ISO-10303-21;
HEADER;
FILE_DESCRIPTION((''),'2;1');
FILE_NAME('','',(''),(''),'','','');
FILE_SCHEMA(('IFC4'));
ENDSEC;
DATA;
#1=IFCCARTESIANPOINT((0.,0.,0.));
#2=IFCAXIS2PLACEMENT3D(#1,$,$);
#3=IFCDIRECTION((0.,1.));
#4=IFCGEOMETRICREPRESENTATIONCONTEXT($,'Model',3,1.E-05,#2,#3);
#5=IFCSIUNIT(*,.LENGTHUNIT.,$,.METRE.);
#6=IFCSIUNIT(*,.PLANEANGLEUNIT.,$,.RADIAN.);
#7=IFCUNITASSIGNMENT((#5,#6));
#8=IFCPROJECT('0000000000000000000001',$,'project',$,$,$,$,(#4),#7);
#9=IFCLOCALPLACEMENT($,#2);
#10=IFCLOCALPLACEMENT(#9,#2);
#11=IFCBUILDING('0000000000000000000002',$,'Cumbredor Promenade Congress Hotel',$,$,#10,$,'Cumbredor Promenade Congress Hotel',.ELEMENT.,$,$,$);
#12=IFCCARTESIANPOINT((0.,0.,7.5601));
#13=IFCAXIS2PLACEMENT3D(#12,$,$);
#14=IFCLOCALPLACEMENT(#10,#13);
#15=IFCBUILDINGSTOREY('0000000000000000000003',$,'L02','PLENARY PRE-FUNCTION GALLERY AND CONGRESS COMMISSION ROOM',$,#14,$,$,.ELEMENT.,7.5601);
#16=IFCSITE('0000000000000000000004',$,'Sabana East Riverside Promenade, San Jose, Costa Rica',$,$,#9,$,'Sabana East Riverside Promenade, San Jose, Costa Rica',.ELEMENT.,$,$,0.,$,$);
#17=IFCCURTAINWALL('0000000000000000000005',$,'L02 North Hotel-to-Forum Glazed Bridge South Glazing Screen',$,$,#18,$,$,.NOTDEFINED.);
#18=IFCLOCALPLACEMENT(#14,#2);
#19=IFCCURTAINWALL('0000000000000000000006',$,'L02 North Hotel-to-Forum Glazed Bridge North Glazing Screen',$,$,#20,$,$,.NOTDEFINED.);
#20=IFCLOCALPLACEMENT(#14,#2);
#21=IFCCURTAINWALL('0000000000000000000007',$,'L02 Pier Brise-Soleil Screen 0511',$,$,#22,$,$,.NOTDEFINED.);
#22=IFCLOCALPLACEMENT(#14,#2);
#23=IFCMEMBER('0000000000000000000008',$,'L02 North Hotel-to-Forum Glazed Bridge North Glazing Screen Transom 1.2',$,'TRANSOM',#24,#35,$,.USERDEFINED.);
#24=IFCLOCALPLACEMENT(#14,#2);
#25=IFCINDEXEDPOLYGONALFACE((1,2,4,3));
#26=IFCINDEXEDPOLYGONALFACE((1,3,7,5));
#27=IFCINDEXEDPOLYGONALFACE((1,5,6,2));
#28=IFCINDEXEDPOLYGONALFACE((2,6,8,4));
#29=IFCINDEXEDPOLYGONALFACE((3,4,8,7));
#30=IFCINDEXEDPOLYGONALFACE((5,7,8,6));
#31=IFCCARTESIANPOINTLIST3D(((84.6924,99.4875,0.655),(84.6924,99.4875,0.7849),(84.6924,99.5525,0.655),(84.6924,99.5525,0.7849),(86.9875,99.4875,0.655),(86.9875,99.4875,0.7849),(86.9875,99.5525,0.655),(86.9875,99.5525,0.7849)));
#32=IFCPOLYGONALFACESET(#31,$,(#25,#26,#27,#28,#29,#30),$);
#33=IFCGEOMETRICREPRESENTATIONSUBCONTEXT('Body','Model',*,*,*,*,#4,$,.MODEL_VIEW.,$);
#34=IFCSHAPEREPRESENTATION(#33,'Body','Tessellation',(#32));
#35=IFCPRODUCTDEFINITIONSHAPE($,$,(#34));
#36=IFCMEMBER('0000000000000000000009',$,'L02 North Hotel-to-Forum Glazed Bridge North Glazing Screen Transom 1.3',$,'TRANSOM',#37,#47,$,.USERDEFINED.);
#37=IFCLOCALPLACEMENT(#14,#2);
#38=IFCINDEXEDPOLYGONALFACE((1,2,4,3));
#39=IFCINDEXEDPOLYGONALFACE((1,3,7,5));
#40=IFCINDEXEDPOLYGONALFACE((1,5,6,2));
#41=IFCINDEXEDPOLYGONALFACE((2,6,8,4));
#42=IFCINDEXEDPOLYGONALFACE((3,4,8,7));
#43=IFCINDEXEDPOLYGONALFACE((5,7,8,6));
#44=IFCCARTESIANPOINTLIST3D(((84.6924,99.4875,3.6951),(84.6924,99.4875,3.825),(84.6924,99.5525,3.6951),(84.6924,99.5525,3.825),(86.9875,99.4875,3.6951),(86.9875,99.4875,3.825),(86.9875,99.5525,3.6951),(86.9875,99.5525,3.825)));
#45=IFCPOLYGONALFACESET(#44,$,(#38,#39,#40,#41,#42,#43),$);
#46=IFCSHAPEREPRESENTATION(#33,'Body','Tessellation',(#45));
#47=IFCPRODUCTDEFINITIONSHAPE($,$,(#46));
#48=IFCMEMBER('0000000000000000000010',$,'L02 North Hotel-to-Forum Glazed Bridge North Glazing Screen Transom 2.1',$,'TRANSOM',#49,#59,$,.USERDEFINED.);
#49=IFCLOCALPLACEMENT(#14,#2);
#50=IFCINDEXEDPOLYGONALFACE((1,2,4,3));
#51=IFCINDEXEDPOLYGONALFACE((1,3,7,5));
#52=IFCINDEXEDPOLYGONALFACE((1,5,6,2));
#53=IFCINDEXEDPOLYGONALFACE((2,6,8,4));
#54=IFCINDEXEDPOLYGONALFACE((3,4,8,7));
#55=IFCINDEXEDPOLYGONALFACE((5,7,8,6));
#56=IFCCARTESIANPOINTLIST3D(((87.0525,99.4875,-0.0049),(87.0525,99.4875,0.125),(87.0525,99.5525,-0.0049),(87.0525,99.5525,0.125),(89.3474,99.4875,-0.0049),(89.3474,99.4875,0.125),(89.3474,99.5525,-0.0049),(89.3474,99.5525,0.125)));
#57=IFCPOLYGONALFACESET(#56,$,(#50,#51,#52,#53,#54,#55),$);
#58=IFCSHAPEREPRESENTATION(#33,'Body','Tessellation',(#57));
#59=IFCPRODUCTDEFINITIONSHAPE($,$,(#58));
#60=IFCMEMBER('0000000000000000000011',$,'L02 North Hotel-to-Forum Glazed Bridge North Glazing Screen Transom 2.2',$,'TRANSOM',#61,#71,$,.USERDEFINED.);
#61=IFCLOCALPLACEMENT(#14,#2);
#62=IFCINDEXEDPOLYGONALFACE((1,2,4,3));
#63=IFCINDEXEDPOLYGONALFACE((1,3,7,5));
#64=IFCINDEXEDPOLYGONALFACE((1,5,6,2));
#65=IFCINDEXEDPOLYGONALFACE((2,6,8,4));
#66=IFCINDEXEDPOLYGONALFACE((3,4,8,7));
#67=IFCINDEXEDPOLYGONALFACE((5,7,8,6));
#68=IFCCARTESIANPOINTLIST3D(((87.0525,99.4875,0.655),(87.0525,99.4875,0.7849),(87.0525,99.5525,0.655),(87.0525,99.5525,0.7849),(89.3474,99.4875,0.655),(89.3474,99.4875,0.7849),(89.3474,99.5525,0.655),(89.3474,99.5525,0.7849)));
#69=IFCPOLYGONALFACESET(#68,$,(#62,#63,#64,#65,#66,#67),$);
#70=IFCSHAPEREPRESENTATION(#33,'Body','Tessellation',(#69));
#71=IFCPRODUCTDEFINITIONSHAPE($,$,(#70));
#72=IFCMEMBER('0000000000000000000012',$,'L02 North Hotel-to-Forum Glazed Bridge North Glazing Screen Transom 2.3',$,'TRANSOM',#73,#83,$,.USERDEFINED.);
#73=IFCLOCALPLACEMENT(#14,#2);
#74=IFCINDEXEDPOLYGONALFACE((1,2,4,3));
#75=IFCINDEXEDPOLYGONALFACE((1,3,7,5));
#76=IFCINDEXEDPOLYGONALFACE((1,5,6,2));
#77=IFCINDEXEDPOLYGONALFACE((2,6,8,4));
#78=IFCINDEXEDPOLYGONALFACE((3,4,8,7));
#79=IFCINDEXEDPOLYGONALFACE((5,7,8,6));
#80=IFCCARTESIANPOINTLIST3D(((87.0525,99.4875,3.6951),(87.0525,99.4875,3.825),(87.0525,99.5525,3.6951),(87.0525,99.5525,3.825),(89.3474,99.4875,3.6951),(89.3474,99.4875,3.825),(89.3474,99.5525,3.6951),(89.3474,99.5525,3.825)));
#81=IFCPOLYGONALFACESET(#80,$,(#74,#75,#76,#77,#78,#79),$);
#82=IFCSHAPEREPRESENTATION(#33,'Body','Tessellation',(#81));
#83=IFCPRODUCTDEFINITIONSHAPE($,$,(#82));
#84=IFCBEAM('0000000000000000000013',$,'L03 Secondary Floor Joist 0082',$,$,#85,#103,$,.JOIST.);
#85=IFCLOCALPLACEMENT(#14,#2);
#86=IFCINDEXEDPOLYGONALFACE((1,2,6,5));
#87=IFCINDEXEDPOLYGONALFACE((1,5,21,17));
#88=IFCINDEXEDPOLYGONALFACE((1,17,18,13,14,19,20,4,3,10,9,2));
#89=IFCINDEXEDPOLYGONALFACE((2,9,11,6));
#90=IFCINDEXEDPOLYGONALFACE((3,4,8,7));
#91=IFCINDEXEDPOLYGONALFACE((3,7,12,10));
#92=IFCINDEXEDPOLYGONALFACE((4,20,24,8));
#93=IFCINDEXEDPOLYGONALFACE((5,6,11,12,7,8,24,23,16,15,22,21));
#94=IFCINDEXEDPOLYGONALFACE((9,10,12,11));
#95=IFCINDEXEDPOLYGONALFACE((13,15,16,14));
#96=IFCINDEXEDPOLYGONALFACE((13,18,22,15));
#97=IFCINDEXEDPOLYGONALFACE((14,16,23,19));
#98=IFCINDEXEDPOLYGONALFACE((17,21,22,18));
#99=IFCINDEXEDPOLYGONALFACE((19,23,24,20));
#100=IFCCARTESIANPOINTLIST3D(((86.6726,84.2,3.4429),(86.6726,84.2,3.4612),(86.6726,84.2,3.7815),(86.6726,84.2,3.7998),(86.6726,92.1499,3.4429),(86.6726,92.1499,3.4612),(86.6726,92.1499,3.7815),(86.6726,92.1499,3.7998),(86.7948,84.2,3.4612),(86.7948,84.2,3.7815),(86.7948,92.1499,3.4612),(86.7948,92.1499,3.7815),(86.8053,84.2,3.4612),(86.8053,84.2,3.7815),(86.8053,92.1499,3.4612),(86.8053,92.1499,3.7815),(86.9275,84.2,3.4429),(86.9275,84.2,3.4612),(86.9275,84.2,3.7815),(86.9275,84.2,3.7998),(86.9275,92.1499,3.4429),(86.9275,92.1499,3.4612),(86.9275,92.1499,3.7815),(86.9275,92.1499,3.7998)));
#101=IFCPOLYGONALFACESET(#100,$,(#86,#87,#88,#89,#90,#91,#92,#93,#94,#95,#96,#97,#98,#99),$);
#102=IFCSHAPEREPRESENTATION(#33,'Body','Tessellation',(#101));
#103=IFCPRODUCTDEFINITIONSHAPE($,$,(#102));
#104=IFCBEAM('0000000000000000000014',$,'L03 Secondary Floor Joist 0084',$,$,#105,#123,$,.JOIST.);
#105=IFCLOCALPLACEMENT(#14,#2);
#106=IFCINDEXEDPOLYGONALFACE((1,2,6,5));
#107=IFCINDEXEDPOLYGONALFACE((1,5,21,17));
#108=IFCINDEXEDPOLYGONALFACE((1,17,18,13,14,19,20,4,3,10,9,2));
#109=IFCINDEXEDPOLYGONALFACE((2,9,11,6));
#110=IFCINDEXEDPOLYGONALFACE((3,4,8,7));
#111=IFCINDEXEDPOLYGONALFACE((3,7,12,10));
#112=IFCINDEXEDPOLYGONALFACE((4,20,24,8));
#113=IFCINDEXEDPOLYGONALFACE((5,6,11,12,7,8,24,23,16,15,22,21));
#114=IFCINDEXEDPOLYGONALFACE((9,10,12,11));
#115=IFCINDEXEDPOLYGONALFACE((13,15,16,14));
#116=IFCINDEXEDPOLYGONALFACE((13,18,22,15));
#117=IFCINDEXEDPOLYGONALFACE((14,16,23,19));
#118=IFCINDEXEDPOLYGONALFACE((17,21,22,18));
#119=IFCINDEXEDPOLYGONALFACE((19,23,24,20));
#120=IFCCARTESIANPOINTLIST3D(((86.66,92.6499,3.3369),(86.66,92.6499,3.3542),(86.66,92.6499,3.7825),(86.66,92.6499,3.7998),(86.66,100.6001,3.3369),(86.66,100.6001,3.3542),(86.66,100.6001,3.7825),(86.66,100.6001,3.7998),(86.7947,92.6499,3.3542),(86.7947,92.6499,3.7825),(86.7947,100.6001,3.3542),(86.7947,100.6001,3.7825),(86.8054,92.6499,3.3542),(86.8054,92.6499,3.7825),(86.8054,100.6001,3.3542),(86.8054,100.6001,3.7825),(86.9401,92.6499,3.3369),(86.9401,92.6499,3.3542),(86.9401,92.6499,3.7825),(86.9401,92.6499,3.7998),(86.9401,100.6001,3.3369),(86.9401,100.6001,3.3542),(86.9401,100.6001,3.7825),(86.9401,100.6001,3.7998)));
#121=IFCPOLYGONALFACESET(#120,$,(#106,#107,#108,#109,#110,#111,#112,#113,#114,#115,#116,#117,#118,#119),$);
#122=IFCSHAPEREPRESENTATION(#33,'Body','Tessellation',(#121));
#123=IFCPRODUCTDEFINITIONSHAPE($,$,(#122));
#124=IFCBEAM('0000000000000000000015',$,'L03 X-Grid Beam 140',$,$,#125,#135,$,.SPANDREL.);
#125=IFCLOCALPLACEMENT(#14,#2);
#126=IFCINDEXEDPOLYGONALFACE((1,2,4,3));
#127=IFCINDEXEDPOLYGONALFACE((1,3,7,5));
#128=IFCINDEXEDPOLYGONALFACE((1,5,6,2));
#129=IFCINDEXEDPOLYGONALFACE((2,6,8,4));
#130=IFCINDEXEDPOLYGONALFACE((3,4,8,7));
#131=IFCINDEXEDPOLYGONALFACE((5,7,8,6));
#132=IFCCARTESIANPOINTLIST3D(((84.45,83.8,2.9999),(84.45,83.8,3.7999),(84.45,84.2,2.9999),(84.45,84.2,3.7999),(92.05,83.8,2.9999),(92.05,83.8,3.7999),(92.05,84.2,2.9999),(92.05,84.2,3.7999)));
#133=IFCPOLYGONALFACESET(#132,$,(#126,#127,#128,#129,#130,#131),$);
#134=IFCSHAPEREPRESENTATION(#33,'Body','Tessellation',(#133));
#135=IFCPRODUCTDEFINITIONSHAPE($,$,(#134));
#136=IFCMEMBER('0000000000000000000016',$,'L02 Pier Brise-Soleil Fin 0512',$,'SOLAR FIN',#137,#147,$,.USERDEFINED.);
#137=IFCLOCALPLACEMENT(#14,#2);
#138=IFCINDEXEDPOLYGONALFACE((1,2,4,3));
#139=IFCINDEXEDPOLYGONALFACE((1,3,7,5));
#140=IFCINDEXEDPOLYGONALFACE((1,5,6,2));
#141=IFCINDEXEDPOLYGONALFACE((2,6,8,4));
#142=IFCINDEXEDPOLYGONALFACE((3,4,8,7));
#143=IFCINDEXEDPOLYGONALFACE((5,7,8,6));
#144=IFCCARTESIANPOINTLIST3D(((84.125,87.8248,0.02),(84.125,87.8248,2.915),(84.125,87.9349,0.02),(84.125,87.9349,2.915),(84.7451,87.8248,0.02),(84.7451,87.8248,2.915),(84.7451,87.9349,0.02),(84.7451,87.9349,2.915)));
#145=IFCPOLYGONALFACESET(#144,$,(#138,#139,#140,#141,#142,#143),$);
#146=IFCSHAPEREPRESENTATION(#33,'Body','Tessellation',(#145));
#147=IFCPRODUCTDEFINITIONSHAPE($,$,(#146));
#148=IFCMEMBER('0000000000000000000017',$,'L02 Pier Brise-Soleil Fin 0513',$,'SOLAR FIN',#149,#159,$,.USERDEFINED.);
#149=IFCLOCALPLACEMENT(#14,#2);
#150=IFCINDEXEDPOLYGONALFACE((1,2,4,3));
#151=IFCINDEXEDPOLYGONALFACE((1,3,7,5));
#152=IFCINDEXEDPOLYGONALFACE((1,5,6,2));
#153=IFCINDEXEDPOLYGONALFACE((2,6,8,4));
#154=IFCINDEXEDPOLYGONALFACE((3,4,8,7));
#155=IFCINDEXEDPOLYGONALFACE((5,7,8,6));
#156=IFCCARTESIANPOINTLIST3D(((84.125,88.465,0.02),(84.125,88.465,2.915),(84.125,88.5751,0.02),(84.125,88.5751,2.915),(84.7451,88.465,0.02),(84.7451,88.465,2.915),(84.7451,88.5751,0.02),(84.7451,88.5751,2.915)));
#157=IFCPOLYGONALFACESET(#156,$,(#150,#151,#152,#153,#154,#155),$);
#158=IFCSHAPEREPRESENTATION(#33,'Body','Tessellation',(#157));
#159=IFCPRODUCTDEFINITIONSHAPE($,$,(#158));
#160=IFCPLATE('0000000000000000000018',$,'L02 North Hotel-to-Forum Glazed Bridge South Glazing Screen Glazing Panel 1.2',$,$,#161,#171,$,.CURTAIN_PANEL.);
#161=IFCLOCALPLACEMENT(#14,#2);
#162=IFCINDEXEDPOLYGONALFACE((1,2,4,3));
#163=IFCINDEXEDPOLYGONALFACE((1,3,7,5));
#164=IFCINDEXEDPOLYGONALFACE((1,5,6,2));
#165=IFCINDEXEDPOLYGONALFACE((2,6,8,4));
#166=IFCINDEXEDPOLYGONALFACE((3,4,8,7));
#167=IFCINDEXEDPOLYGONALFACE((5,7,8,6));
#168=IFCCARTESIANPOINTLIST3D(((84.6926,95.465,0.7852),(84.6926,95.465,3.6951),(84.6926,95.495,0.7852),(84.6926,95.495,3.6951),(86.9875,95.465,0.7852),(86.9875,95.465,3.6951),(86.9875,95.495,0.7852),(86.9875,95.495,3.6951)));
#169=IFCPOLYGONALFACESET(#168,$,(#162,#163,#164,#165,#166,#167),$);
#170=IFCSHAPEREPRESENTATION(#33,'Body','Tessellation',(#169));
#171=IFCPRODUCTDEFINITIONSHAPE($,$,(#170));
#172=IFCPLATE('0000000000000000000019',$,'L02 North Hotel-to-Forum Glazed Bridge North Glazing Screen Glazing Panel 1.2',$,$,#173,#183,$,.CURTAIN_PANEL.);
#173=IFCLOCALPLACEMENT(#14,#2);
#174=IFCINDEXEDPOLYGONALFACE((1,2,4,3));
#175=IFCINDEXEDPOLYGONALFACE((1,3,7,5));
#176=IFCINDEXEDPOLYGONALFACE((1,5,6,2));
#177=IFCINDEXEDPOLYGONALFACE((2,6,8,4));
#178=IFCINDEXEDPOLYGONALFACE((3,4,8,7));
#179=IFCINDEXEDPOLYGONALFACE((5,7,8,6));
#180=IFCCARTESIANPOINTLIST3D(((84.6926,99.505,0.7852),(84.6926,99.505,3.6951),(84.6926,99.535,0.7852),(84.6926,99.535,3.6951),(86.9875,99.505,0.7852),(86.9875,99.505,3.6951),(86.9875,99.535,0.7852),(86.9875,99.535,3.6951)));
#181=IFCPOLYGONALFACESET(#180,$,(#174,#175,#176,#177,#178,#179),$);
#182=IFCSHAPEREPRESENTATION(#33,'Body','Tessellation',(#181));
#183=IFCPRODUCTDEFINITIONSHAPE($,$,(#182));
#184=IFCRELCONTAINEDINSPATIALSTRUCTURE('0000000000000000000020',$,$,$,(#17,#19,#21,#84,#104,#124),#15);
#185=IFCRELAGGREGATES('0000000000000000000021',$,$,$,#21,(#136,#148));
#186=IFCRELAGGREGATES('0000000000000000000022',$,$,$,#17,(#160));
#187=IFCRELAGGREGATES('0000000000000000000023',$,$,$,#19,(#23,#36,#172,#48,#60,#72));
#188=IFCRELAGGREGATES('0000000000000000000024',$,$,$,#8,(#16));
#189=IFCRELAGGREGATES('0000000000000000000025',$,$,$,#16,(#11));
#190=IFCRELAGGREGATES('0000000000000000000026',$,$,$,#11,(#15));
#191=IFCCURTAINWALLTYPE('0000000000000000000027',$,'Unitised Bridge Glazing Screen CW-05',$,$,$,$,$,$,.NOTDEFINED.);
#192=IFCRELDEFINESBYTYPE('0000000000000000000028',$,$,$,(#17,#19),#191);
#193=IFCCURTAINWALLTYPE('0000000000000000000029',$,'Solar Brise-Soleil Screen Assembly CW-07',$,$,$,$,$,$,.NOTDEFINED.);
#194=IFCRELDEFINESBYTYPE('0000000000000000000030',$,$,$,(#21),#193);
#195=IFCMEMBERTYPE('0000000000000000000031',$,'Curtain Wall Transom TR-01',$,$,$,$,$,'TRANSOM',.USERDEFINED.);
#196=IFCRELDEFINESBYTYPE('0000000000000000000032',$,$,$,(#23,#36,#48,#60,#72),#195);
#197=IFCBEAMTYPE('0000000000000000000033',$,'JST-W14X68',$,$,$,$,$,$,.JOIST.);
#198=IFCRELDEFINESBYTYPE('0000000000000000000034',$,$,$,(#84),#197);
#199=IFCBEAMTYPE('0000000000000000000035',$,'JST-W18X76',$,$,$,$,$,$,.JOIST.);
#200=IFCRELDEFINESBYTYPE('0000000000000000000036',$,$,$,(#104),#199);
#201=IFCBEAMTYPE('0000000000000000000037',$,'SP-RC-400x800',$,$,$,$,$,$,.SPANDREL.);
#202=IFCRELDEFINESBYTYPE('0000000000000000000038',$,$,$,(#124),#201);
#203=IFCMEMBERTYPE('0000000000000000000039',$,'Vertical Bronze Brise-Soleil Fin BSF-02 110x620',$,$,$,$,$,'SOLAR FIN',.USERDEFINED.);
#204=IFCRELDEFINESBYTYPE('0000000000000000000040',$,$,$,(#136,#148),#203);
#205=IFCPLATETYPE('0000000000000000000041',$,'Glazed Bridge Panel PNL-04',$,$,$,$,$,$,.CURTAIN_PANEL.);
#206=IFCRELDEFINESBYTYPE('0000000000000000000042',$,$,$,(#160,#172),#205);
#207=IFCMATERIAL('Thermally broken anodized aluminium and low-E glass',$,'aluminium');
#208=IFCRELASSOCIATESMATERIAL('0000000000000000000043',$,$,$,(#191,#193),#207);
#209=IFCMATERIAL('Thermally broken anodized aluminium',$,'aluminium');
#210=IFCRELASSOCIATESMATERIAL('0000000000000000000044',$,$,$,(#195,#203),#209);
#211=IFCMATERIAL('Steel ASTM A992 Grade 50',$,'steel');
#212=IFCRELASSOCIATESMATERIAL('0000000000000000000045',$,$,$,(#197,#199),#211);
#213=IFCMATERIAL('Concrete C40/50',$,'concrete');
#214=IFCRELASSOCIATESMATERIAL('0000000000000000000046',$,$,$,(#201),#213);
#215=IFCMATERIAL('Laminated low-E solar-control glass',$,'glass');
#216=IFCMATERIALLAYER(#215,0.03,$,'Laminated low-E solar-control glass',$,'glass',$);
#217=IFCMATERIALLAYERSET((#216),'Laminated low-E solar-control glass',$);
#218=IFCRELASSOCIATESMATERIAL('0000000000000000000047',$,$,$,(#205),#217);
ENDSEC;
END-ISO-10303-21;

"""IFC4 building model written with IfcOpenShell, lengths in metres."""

from ifc_helpers import new_model, si_unit, direction, frame, origin, origin_2d, place, context, subcontext, project, spatial, rectangle, i_section, extrude, material, layer, layer_set, material_profile, profile_set, type_object, element, aggregate, save


model = new_model("IFC4")

# Units and contexts
model_context = context("Model", 3, precision=1e-05, world=origin(), true_north=direction((0.0, 1.0)))
body_context = subcontext(model_context, "Body", "Model", "MODEL_VIEW")
ifc_project = project(units=[si_unit("LENGTHUNIT", "METRE"), si_unit("PLANEANGLEUNIT", "RADIAN")], contexts=[model_context])

# Site, building, storey
site_placement = place(None, origin())
site = spatial("IfcSite", under=ifc_project, at=site_placement, Name="Sabana East Riverside Promenade, San Jose, Costa Rica", LongName="Sabana East Riverside Promenade, San Jose, Costa Rica", CompositionType="ELEMENT", RefElevation=0.0)
building_placement = place(site_placement, origin())
building = spatial("IfcBuilding", under=site, at=building_placement, Name="Cumbredor Promenade Congress Hotel", LongName="Cumbredor Promenade Congress Hotel", CompositionType="ELEMENT")
storey_placement = place(building_placement, frame((0.0, 0.0, 7.5601)))
storey = spatial("IfcBuildingStorey", under=building, at=storey_placement, Name="L02", Description="PLENARY PRE-FUNCTION GALLERY AND CONGRESS COMMISSION ROOM", CompositionType="ELEMENT", Elevation=7.5601)

# Shared definitions
ifc_material_1 = material(Name="Concrete C40/50", Category="concrete")

# Curtain walls
ifc_material_2 = material(Name="Thermally broken anodized aluminium and low-E glass", Category="aluminium")
curtain_wall_type_1 = type_object("IfcCurtainWallType", Name="Unitised Bridge Glazing Screen CW-05", PredefinedType="NOTDEFINED", material=ifc_material_2)
curtain_wall_1_placement = place(storey_placement, origin())
curtain_wall_1 = element("IfcCurtainWall", 1, at=curtain_wall_1_placement, inside=storey, type_object=curtain_wall_type_1, Name="L02 North Hotel-to-Forum Glazed Bridge South Glazing Screen", PredefinedType="NOTDEFINED")
ifc_material_3 = material(Name="Thermally broken anodized aluminium", Category="aluminium")
curtain_wall_2_placement = place(storey_placement, origin())
curtain_wall_2 = element("IfcCurtainWall", 2, at=curtain_wall_2_placement, inside=storey, type_object=curtain_wall_type_1, Name="L02 North Hotel-to-Forum Glazed Bridge North Glazing Screen", PredefinedType="NOTDEFINED")

# Curtain wall
curtain_wall_type_2 = type_object("IfcCurtainWallType", Name="Solar Brise-Soleil Screen Assembly CW-07", PredefinedType="NOTDEFINED", material=ifc_material_2)
curtain_wall_3_placement = place(storey_placement, origin())
curtain_wall_3 = element("IfcCurtainWall", 3, at=curtain_wall_3_placement, inside=storey, type_object=curtain_wall_type_2, Name="L02 Pier Brise-Soleil Screen 0511", PredefinedType="NOTDEFINED")
ifc_material_profile_1 = material_profile(ifc_material_3, rectangle(XDim=0.0649, YDim=0.1299, at=origin_2d()), Name="ALU TRANSOM 65x130")
ifc_profile_set_1 = profile_set([ifc_material_profile_1], Name="Thermally broken anodized aluminium")
member_type_1 = type_object("IfcMemberType", Name="Curtain Wall Transom TR-01", ElementType="TRANSOM", PredefinedType="USERDEFINED", material=ifc_profile_set_1)

# Members
member_1_placement = place(storey_placement, frame((84.6924, 99.52, 0.72), z_axis=(1.0, 0.0, 0.0), x_axis=(0.0, 1.0, 0.0)))
member_1 = element("IfcMember", 4, at=member_1_placement, type_object=member_type_1, Name="L02 North Hotel-to-Forum Glazed Bridge North Glazing Screen Transom 1.2", ObjectType="TRANSOM", PredefinedType="USERDEFINED", context=body_context, shape_type="SweptSolid", body=[
    extrude(rectangle(XDim=0.0649, YDim=0.1299, at=origin_2d()), origin(), (0.0, 0.0, 1.0), 2.2952),
])
member_2_placement = place(storey_placement, frame((84.6924, 99.52, 3.76), z_axis=(1.0, 0.0, 0.0), x_axis=(0.0, 1.0, 0.0)))
member_2 = element("IfcMember", 5, at=member_2_placement, type_object=member_type_1, Name="L02 North Hotel-to-Forum Glazed Bridge North Glazing Screen Transom 1.3", ObjectType="TRANSOM", PredefinedType="USERDEFINED", context=body_context, shape_type="SweptSolid", body=[
    extrude(rectangle(XDim=0.0649, YDim=0.1299, at=origin_2d()), origin(), (0.0, 0.0, 1.0), 2.2952),
])
member_3_placement = place(storey_placement, frame((87.0525, 99.52, 0.0601), z_axis=(1.0, 0.0, 0.0), x_axis=(0.0, 1.0, 0.0)))
member_3 = element("IfcMember", 6, at=member_3_placement, type_object=member_type_1, Name="L02 North Hotel-to-Forum Glazed Bridge North Glazing Screen Transom 2.1", ObjectType="TRANSOM", PredefinedType="USERDEFINED", context=body_context, shape_type="SweptSolid", body=[
    extrude(rectangle(XDim=0.0649, YDim=0.1299, at=origin_2d()), origin(), (0.0, 0.0, 1.0), 2.2949),
])
member_4_placement = place(storey_placement, frame((87.0525, 99.52, 0.72), z_axis=(1.0, 0.0, 0.0), x_axis=(0.0, 1.0, 0.0)))
member_4 = element("IfcMember", 7, at=member_4_placement, type_object=member_type_1, Name="L02 North Hotel-to-Forum Glazed Bridge North Glazing Screen Transom 2.2", ObjectType="TRANSOM", PredefinedType="USERDEFINED", context=body_context, shape_type="SweptSolid", body=[
    extrude(rectangle(XDim=0.0649, YDim=0.1299, at=origin_2d()), origin(), (0.0, 0.0, 1.0), 2.2949),
])
member_5_placement = place(storey_placement, frame((87.0525, 99.52, 3.76), z_axis=(1.0, 0.0, 0.0), x_axis=(0.0, 1.0, 0.0)))
member_5 = element("IfcMember", 8, at=member_5_placement, type_object=member_type_1, Name="L02 North Hotel-to-Forum Glazed Bridge North Glazing Screen Transom 2.3", ObjectType="TRANSOM", PredefinedType="USERDEFINED", context=body_context, shape_type="SweptSolid", body=[
    extrude(rectangle(XDim=0.0649, YDim=0.1299, at=origin_2d()), origin(), (0.0, 0.0, 1.0), 2.2949),
])

# Beams
ifc_material_4 = material(Name="Steel ASTM A992 Grade 50", Category="steel")
ifc_material_profile_2 = material_profile(ifc_material_4, i_section(OverallWidth=0.2549, OverallDepth=0.3569, WebThickness=0.0105, FlangeThickness=0.0183, at=origin_2d()), Name="W14X68")
ifc_profile_set_2 = profile_set([ifc_material_profile_2], Name="Steel ASTM A992 Grade 50")
beam_type_1 = type_object("IfcBeamType", Name="JST-W14X68", PredefinedType="JOIST", material=ifc_profile_set_2)
beam_1_placement = place(storey_placement, frame((86.8, 84.2, 3.6213), z_axis=(0.0, 1.0, 0.0), x_axis=(-1.0, 0.0, 0.0)))
element("IfcBeam", 9, at=beam_1_placement, inside=storey, type_object=beam_type_1, Name="L03 Secondary Floor Joist 0082", PredefinedType="JOIST", context=body_context, shape_type="SweptSolid", body=[
    extrude(i_section(OverallWidth=0.2549, OverallDepth=0.3569, WebThickness=0.0105, FlangeThickness=0.0183, at=origin_2d()), origin(), (0.0, 0.0, 1.0), 7.95),
])
ifc_material_profile_3 = material_profile(ifc_material_4, i_section(OverallWidth=0.28, OverallDepth=0.4629, WebThickness=0.0107, FlangeThickness=0.0173, at=origin_2d()), Name="W18X76")
ifc_profile_set_3 = profile_set([ifc_material_profile_3], Name="Steel ASTM A992 Grade 50")
beam_type_2 = type_object("IfcBeamType", Name="JST-W18X76", PredefinedType="JOIST", material=ifc_profile_set_3)
beam_2_placement = place(storey_placement, frame((86.8, 92.6499, 3.5684), z_axis=(0.0, 1.0, 0.0), x_axis=(-1.0, 0.0, 0.0)))
element("IfcBeam", 10, at=beam_2_placement, inside=storey, type_object=beam_type_2, Name="L03 Secondary Floor Joist 0084", PredefinedType="JOIST", context=body_context, shape_type="SweptSolid", body=[
    extrude(i_section(OverallWidth=0.28, OverallDepth=0.4629, WebThickness=0.0107, FlangeThickness=0.0173, at=origin_2d()), origin(), (0.0, 0.0, 1.0), 7.9502),
])
ifc_material_profile_4 = material_profile(ifc_material_1, rectangle(XDim=0.3999, YDim=0.8, at=origin_2d()), Name="RC SPANDREL 400x800")
ifc_profile_set_4 = profile_set([ifc_material_profile_4], Name="Concrete C40/50")
beam_type_3 = type_object("IfcBeamType", Name="SP-RC-400x800", PredefinedType="SPANDREL", material=ifc_profile_set_4)
beam_3_placement = place(storey_placement, frame((84.45, 84.0, 3.3999), z_axis=(1.0, 0.0, 0.0), x_axis=(0.0, 1.0, 0.0)))
element("IfcBeam", 11, at=beam_3_placement, inside=storey, type_object=beam_type_3, Name="L03 X-Grid Beam 140", PredefinedType="SPANDREL", context=body_context, shape_type="SweptSolid", body=[
    extrude(rectangle(XDim=0.3999, YDim=0.8, at=origin_2d()), origin(), (0.0, 0.0, 1.0), 7.6001),
])

# Members
ifc_material_profile_5 = material_profile(ifc_material_3, rectangle(XDim=0.1101, YDim=0.6201, at=origin_2d()), Name="ARCH FIN 110x620")
ifc_profile_set_5 = profile_set([ifc_material_profile_5], Name="Thermally broken anodized aluminium")
member_type_2 = type_object("IfcMemberType", Name="Vertical Bronze Brise-Soleil Fin BSF-02 110x620", ElementType="SOLAR FIN", PredefinedType="USERDEFINED", material=ifc_profile_set_5)
member_6_placement = place(storey_placement, frame((84.4351, 87.8799, 0.02), z_axis=(0.0, 0.0, 1.0), x_axis=(0.0, 1.0, 0.0)))
member_6 = element("IfcMember", 12, at=member_6_placement, type_object=member_type_2, Name="L02 Pier Brise-Soleil Fin 0512", ObjectType="SOLAR FIN", PredefinedType="USERDEFINED", context=body_context, shape_type="SweptSolid", body=[
    extrude(rectangle(XDim=0.1101, YDim=0.6201, at=origin_2d()), origin(), (0.0, 0.0, 1.0), 2.895),
])
member_7_placement = place(storey_placement, frame((84.4351, 88.52, 0.02), z_axis=(0.0, 0.0, 1.0), x_axis=(0.0, 1.0, 0.0)))
member_7 = element("IfcMember", 13, at=member_7_placement, type_object=member_type_2, Name="L02 Pier Brise-Soleil Fin 0513", ObjectType="SOLAR FIN", PredefinedType="USERDEFINED", context=body_context, shape_type="SweptSolid", body=[
    extrude(rectangle(XDim=0.1101, YDim=0.6201, at=origin_2d()), origin(), (0.0, 0.0, 1.0), 2.895),
])
aggregate(curtain_wall_3, [member_6, member_7])

# Plates
ifc_material_5 = material(Name="Laminated low-E solar-control glass", Category="glass")
ifc_layer_1 = layer(ifc_material_5, 0.03, Name="Laminated low-E solar-control glass", Category="glass")
ifc_layer_set_1 = layer_set([ifc_layer_1], Name="Laminated low-E solar-control glass")
plate_type_1 = type_object("IfcPlateType", Name="Glazed Bridge Panel PNL-04", PredefinedType="CURTAIN_PANEL", material=ifc_layer_set_1)
plate_1_placement = place(storey_placement, frame((85.8401, 95.48, 0.7852), z_axis=(0.0, 0.0, 1.0), x_axis=(1.0, 0.0, 0.0)))
plate_1 = element("IfcPlate", 14, at=plate_1_placement, type_object=plate_type_1, Name="L02 North Hotel-to-Forum Glazed Bridge South Glazing Screen Glazing Panel 1.2", PredefinedType="CURTAIN_PANEL", context=body_context, shape_type="SweptSolid", body=[
    extrude(rectangle(XDim=2.2949, YDim=0.03, at=origin_2d()), origin(), (0.0, 0.0, 1.0), 2.9099),
])
plate_2_placement = place(storey_placement, frame((85.8401, 99.52, 0.7852), z_axis=(0.0, 0.0, 1.0), x_axis=(1.0, 0.0, 0.0)))
plate_2 = element("IfcPlate", 15, at=plate_2_placement, type_object=plate_type_1, Name="L02 North Hotel-to-Forum Glazed Bridge North Glazing Screen Glazing Panel 1.2", PredefinedType="CURTAIN_PANEL", context=body_context, shape_type="SweptSolid", body=[
    extrude(rectangle(XDim=2.2949, YDim=0.03, at=origin_2d()), origin(), (0.0, 0.0, 1.0), 2.9099),
])

aggregate(curtain_wall_1, [plate_1])
aggregate(curtain_wall_2, [member_1, member_2, plate_2, member_3, member_4, member_5])

save(model, "model.ifc")
